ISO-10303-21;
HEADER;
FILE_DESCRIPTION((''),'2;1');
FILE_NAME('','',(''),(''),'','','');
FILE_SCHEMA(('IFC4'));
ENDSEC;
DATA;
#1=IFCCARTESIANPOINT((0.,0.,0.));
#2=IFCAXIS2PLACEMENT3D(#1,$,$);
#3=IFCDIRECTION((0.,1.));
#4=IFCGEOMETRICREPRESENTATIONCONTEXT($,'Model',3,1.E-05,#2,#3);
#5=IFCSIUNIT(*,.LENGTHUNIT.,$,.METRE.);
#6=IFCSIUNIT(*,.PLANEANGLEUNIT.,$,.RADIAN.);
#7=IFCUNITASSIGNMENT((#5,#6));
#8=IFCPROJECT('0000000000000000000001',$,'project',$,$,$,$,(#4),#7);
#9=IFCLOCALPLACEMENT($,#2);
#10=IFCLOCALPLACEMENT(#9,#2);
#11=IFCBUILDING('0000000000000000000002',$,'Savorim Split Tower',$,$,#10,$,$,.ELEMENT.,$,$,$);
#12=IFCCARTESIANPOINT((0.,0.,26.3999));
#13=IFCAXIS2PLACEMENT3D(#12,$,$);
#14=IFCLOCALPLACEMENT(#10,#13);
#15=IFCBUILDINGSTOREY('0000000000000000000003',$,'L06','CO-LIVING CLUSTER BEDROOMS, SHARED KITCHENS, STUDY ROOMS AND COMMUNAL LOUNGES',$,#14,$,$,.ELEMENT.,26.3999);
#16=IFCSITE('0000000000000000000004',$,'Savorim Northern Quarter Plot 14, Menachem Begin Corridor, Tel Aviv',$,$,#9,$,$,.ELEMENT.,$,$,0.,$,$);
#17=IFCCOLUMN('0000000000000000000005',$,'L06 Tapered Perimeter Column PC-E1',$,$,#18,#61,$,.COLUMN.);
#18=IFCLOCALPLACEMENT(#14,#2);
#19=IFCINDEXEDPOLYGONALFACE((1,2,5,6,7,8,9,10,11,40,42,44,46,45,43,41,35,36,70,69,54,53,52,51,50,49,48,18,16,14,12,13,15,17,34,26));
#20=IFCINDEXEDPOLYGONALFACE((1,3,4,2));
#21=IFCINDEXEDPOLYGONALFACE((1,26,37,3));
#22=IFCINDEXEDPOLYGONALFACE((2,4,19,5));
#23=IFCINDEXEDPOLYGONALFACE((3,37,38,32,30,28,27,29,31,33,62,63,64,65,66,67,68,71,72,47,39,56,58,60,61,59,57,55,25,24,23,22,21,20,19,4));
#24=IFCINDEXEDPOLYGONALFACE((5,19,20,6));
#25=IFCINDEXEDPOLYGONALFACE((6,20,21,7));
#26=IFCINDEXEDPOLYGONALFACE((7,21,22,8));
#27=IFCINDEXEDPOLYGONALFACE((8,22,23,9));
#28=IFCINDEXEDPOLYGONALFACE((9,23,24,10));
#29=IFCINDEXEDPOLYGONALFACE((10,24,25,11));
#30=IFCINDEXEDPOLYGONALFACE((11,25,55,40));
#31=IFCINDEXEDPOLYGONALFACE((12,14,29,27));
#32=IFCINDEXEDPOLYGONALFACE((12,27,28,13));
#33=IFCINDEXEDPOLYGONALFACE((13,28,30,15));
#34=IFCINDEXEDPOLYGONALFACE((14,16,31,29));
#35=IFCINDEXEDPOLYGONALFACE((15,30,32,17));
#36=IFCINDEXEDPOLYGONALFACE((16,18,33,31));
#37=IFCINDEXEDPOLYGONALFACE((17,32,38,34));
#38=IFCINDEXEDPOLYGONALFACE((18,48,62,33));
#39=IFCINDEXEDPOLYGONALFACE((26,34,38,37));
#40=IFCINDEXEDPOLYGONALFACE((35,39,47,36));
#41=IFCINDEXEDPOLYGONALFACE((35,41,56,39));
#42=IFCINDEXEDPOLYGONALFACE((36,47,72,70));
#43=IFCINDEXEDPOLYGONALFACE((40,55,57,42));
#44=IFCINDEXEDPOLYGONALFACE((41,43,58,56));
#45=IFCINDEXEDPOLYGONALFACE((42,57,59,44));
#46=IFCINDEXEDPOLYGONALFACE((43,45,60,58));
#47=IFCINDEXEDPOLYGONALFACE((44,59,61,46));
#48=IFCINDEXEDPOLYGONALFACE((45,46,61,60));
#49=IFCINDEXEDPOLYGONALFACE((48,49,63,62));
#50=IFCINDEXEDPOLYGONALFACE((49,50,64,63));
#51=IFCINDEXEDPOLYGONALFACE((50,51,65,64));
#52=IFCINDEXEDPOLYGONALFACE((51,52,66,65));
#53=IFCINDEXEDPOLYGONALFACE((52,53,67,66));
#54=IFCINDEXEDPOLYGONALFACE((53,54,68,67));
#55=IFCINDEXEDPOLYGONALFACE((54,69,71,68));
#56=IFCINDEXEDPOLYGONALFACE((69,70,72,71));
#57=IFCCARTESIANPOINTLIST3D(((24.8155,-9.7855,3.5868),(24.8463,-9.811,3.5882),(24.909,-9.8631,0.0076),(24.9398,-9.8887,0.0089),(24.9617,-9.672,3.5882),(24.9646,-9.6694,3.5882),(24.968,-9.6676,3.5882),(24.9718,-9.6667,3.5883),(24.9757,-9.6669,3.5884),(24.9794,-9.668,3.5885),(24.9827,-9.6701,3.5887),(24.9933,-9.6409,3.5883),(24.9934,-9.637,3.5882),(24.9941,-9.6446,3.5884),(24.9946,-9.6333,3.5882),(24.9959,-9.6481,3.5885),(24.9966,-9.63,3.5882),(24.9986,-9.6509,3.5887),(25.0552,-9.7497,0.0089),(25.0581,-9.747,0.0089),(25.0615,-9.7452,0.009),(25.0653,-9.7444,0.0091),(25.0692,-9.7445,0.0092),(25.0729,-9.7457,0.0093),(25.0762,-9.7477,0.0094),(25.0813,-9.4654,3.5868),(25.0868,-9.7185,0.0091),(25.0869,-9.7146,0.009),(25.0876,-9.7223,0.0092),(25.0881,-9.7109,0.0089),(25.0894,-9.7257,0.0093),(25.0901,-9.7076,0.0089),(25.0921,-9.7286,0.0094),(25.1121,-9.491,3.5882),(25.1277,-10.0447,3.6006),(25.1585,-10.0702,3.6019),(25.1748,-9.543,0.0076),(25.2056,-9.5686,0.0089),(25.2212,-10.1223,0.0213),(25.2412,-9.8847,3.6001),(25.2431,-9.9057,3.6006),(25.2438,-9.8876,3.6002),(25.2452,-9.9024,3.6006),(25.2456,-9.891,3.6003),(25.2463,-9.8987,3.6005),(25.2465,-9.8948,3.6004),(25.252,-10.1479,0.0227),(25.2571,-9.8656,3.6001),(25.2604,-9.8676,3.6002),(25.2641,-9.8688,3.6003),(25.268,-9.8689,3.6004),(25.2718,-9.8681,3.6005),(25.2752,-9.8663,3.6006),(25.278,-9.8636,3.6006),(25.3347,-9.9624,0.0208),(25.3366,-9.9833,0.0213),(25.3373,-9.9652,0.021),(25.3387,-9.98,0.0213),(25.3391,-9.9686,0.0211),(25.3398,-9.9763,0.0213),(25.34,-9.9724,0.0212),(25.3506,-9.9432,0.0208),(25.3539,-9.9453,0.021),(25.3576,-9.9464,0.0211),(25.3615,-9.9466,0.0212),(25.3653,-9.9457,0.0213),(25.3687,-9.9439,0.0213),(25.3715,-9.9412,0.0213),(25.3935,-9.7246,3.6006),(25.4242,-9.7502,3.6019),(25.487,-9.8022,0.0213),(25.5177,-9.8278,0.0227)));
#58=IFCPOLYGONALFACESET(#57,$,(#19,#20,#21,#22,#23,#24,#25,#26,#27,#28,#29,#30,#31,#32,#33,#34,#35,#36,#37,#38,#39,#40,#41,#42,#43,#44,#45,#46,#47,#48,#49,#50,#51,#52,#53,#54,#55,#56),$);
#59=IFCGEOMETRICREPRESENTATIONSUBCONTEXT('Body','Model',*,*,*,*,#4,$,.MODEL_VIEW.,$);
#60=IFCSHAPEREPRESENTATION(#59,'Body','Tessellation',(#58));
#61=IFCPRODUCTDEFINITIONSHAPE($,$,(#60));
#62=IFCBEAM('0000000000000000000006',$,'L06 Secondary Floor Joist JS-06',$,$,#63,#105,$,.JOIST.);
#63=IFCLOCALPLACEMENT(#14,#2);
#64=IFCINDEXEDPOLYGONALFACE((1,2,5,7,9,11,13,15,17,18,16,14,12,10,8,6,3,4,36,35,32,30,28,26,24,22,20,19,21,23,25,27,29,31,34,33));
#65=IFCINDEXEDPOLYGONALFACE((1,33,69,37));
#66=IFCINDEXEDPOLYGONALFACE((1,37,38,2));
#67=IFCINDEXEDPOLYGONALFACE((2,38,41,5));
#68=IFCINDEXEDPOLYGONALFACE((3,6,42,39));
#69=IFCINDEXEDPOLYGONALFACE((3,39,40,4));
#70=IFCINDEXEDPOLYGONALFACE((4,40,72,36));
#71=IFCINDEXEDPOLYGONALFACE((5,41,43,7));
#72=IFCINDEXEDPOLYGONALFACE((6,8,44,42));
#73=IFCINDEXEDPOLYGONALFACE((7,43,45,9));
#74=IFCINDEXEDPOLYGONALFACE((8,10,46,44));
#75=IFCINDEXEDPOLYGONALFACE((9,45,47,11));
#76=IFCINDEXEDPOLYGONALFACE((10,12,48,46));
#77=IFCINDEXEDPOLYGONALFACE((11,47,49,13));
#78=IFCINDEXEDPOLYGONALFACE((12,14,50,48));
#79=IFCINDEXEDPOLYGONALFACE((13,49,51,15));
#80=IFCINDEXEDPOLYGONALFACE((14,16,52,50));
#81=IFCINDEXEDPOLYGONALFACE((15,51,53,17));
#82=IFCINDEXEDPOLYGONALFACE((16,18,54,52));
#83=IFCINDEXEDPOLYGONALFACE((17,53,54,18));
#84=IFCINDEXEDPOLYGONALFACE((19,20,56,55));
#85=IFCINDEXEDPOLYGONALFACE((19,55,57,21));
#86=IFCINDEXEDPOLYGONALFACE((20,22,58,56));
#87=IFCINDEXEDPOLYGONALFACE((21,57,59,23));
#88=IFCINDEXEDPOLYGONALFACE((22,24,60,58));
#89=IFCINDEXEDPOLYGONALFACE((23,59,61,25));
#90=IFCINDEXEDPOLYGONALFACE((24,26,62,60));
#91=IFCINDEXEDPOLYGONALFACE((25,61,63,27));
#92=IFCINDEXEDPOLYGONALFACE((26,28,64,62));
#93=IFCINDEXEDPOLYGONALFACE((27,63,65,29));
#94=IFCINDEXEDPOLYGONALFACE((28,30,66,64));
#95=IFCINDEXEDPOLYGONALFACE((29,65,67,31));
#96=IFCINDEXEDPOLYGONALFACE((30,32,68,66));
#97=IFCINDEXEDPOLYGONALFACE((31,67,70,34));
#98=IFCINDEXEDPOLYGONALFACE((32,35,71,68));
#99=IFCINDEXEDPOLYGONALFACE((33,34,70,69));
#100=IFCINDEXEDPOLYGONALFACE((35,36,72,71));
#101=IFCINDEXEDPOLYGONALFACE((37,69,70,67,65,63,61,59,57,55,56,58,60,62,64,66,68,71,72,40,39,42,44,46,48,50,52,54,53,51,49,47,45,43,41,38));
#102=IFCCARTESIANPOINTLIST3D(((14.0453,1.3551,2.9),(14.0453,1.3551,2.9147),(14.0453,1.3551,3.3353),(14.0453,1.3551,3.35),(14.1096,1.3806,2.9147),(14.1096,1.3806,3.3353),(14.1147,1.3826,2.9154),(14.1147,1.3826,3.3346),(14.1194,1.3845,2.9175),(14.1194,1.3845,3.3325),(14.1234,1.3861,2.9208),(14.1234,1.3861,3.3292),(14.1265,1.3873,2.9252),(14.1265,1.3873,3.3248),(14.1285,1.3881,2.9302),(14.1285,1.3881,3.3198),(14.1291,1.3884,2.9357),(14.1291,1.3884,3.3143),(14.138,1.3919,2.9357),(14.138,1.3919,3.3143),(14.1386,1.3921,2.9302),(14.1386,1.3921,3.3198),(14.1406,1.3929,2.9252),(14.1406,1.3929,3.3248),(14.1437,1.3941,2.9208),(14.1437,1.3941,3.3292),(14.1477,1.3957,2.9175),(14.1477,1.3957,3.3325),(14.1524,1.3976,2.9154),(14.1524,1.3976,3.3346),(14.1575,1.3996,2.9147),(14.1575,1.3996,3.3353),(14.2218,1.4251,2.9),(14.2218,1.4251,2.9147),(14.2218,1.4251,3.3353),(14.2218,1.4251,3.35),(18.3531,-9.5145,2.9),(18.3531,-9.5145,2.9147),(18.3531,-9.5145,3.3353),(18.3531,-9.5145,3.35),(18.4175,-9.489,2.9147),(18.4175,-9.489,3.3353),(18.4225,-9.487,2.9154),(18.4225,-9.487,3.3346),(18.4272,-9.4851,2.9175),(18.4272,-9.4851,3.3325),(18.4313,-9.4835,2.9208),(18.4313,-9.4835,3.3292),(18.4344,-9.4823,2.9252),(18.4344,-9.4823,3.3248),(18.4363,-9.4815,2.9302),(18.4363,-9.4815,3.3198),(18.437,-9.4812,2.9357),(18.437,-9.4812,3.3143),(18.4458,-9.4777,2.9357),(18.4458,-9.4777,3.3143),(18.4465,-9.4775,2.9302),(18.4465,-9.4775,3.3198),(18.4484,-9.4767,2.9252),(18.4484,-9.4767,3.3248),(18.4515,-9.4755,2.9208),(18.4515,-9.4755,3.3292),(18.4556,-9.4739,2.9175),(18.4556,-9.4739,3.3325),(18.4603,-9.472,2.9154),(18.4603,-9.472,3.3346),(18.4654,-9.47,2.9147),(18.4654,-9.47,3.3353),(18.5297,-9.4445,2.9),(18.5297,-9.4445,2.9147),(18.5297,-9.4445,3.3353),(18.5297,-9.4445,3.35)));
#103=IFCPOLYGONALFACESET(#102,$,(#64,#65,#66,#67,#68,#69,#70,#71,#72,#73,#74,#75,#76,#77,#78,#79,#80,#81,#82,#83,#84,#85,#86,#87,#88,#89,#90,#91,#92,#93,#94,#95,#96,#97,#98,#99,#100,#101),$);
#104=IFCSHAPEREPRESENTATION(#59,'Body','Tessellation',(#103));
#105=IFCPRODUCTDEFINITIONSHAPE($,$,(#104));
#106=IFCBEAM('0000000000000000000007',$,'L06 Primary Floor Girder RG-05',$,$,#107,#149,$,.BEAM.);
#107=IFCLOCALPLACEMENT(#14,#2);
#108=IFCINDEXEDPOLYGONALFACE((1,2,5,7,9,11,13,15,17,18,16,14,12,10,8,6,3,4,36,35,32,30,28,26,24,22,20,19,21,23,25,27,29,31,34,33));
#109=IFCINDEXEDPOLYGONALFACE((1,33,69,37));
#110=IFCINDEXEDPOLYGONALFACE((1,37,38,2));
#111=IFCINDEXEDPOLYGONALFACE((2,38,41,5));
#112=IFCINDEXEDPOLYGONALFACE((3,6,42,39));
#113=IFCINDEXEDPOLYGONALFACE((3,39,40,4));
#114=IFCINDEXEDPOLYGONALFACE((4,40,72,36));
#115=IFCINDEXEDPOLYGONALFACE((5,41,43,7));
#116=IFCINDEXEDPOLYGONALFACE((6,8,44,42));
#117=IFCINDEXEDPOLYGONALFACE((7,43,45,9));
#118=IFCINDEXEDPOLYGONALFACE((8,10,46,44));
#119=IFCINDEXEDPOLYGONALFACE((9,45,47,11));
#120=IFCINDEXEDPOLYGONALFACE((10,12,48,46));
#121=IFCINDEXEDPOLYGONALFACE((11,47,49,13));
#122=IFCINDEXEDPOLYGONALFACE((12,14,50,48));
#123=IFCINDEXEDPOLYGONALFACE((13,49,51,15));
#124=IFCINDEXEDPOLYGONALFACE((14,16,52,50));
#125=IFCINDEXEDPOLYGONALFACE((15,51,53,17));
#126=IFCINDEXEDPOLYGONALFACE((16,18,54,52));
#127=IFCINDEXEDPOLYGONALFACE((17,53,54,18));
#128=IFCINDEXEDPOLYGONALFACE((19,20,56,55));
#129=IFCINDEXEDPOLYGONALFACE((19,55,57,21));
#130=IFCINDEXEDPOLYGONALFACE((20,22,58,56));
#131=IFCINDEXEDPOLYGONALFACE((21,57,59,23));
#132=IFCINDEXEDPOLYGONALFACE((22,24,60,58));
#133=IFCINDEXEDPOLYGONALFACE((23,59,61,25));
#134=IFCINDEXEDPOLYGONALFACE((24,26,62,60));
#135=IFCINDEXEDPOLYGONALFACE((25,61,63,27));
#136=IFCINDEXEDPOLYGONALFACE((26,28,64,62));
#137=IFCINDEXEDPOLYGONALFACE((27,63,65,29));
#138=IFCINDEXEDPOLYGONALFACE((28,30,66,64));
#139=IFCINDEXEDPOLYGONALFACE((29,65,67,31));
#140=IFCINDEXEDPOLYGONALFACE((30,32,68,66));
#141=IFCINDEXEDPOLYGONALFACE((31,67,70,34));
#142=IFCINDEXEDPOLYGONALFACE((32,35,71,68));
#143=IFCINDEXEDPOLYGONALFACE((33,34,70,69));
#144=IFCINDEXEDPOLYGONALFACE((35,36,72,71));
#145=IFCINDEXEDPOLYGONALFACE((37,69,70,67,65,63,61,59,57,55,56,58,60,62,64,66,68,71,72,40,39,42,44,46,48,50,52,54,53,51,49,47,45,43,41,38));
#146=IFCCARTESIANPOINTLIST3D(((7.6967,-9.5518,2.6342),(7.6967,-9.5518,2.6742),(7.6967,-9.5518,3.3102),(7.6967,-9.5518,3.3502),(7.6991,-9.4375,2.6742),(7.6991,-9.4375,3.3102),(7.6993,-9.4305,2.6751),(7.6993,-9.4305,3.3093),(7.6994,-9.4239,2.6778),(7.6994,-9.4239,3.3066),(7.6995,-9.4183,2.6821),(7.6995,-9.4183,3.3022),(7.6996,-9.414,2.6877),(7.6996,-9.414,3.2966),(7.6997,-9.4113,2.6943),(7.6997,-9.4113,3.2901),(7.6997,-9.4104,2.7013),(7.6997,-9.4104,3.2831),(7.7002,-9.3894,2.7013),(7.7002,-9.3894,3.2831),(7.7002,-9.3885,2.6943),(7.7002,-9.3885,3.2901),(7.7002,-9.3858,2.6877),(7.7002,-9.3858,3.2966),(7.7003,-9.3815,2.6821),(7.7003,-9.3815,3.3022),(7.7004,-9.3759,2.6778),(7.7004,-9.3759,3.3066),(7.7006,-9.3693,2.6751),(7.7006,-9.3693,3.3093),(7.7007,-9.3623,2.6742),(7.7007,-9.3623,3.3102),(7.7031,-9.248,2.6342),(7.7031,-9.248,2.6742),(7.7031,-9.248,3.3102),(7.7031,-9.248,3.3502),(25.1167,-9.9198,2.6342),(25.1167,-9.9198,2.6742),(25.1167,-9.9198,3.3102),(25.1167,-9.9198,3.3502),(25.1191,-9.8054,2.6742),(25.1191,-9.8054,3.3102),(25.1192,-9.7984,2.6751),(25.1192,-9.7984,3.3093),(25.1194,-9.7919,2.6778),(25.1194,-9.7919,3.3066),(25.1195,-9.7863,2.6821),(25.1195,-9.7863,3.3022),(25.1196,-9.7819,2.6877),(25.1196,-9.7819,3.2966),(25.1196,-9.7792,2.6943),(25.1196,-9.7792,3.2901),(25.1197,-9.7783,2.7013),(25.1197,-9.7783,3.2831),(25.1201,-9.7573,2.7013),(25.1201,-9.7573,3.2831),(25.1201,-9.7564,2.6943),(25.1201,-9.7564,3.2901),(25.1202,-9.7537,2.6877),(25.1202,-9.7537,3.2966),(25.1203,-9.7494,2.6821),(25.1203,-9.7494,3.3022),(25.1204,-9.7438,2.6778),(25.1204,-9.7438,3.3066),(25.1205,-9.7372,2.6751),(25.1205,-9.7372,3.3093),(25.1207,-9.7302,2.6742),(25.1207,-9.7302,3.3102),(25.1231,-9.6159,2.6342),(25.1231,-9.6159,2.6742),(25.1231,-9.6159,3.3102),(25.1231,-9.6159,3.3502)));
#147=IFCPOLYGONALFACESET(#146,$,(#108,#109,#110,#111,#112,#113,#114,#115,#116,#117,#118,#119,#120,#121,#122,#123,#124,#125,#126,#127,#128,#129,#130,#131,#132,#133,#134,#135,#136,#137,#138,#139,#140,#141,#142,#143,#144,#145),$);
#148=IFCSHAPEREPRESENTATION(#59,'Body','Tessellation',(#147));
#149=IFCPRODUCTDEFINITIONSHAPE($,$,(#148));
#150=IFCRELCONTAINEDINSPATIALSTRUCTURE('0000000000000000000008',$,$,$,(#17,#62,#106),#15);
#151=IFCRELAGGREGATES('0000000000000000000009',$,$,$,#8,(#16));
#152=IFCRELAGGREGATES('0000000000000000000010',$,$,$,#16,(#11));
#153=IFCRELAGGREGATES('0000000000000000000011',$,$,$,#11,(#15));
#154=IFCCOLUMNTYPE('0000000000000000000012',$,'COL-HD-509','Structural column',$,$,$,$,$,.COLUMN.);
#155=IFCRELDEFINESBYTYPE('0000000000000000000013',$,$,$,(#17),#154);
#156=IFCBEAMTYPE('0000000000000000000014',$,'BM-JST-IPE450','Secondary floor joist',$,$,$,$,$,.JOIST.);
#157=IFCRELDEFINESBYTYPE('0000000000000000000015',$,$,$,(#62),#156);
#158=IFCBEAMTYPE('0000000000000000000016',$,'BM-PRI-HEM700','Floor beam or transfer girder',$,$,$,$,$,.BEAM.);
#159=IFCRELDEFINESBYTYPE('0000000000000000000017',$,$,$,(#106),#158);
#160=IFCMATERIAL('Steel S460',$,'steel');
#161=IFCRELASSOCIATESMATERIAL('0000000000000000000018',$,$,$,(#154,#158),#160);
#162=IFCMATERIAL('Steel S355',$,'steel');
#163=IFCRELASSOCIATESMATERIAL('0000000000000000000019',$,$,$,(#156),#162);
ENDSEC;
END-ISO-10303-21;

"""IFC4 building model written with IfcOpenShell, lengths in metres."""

from ifc_helpers import new_model, si_unit, direction, frame, origin, origin_2d, place, context, subcontext, project, spatial, i_section, extrude, material, material_profile, profile_set, type_object, element, save


model = new_model("IFC4")

# Units and contexts
model_context = context("Model", 3, precision=1e-05, world=origin(), true_north=direction((0.0, 1.0)))
body_context = subcontext(model_context, "Body", "Model", "MODEL_VIEW")
ifc_project = project(units=[si_unit("LENGTHUNIT", "METRE"), si_unit("PLANEANGLEUNIT", "RADIAN")], contexts=[model_context])

# Site, building, storey
site_placement = place(None, origin())
site = spatial("IfcSite", under=ifc_project, at=site_placement, Name="Savorim Northern Quarter Plot 14, Menachem Begin Corridor, Tel Aviv", CompositionType="ELEMENT", RefElevation=0.0)
building_placement = place(site_placement, origin())
building = spatial("IfcBuilding", under=site, at=building_placement, Name="Savorim Split Tower", CompositionType="ELEMENT")
storey_placement = place(building_placement, frame((0.0, 0.0, 26.3999)))
storey = spatial("IfcBuildingStorey", under=building, at=storey_placement, Name="L06", Description="CO-LIVING CLUSTER BEDROOMS, SHARED KITCHENS, STUDY ROOMS AND COMMUNAL LOUNGES", CompositionType="ELEMENT", Elevation=26.3999)

# Column
ifc_material_1 = material(Name="Steel S460", Category="steel")
ifc_material_profile_1 = material_profile(ifc_material_1, i_section(OverallWidth=0.416, OverallDepth=0.446, WebThickness=0.0249, FlangeThickness=0.04, FilletRadius=0.0149, at=origin_2d()), Name="HD 400x509")
ifc_profile_set_1 = profile_set([ifc_material_profile_1], Name="Steel S460")
column_type = type_object("IfcColumnType", Name="COL-HD-509", Description="Structural column", PredefinedType="COLUMN", material=ifc_profile_set_1)
column_placement = place(storey_placement, frame((25.2134, -9.8455, 0.0151), z_axis=(-0.026109, 0.021678, 0.999424), x_axis=(-0.6388, -0.769373, 0.0)))
element("IfcColumn", 1, at=column_placement, inside=storey, type_object=column_type, Name="L06 Tapered Perimeter Column PC-E1", PredefinedType="COLUMN", context=body_context, shape_type="SweptSolid", body=[
    extrude(i_section(OverallWidth=0.416, OverallDepth=0.446, WebThickness=0.0249, FlangeThickness=0.04, FilletRadius=0.0149, at=origin_2d()), origin(), (0.0, 0.0, 1.0), 3.5813),
])

# Beams
ifc_material_2 = material(Name="Steel S355", Category="steel")
ifc_material_profile_2 = material_profile(ifc_material_2, i_section(OverallWidth=0.1899, OverallDepth=0.45, WebThickness=0.0095, FlangeThickness=0.0146, FilletRadius=0.021, at=origin_2d()), Name="IPE 450")
ifc_profile_set_2 = profile_set([ifc_material_profile_2], Name="Steel S355")
beam_type_1 = type_object("IfcBeamType", Name="BM-JST-IPE450", Description="Secondary floor joist", PredefinedType="JOIST", material=ifc_profile_set_2)
beam_1_placement = place(storey_placement, frame((18.4414, -9.4795, 3.125), z_axis=(-0.36844, 0.929651, 0.0), x_axis=(-0.929651, -0.36844, 0.0)))
element("IfcBeam", 2, at=beam_1_placement, inside=storey, type_object=beam_type_1, Name="L06 Secondary Floor Joist JS-06", PredefinedType="JOIST", context=body_context, shape_type="SweptSolid", body=[
    extrude(i_section(OverallWidth=0.1899, OverallDepth=0.45, WebThickness=0.0095, FlangeThickness=0.0146, FilletRadius=0.021, at=origin_2d()), origin(), (0.0, 0.0, 1.0), 11.6921),
])
ifc_material_profile_3 = material_profile(ifc_material_1, i_section(OverallWidth=0.304, OverallDepth=0.7161, WebThickness=0.021, FlangeThickness=0.04, FilletRadius=0.0271, at=origin_2d()), Name="HE 700 M")
ifc_profile_set_3 = profile_set([ifc_material_profile_3], Name="Steel S460")
beam_type_2 = type_object("IfcBeamType", Name="BM-PRI-HEM700", Description="Floor beam or transfer girder", PredefinedType="BEAM", material=ifc_profile_set_3)
beam_2_placement = place(storey_placement, frame((25.1199, -9.7678, 2.9922), z_axis=(-0.999777, 0.021116, 0.0), x_axis=(-0.021116, -0.999777, 0.0)))
element("IfcBeam", 3, at=beam_2_placement, inside=storey, type_object=beam_type_2, Name="L06 Primary Floor Girder RG-05", PredefinedType="BEAM", context=body_context, shape_type="SweptSolid", body=[
    extrude(i_section(OverallWidth=0.304, OverallDepth=0.7161, WebThickness=0.021, FlangeThickness=0.04, FilletRadius=0.0271, at=origin_2d()), origin(), (0.0, 0.0, 1.0), 17.4238),
])

save(model, "model.ifc")
